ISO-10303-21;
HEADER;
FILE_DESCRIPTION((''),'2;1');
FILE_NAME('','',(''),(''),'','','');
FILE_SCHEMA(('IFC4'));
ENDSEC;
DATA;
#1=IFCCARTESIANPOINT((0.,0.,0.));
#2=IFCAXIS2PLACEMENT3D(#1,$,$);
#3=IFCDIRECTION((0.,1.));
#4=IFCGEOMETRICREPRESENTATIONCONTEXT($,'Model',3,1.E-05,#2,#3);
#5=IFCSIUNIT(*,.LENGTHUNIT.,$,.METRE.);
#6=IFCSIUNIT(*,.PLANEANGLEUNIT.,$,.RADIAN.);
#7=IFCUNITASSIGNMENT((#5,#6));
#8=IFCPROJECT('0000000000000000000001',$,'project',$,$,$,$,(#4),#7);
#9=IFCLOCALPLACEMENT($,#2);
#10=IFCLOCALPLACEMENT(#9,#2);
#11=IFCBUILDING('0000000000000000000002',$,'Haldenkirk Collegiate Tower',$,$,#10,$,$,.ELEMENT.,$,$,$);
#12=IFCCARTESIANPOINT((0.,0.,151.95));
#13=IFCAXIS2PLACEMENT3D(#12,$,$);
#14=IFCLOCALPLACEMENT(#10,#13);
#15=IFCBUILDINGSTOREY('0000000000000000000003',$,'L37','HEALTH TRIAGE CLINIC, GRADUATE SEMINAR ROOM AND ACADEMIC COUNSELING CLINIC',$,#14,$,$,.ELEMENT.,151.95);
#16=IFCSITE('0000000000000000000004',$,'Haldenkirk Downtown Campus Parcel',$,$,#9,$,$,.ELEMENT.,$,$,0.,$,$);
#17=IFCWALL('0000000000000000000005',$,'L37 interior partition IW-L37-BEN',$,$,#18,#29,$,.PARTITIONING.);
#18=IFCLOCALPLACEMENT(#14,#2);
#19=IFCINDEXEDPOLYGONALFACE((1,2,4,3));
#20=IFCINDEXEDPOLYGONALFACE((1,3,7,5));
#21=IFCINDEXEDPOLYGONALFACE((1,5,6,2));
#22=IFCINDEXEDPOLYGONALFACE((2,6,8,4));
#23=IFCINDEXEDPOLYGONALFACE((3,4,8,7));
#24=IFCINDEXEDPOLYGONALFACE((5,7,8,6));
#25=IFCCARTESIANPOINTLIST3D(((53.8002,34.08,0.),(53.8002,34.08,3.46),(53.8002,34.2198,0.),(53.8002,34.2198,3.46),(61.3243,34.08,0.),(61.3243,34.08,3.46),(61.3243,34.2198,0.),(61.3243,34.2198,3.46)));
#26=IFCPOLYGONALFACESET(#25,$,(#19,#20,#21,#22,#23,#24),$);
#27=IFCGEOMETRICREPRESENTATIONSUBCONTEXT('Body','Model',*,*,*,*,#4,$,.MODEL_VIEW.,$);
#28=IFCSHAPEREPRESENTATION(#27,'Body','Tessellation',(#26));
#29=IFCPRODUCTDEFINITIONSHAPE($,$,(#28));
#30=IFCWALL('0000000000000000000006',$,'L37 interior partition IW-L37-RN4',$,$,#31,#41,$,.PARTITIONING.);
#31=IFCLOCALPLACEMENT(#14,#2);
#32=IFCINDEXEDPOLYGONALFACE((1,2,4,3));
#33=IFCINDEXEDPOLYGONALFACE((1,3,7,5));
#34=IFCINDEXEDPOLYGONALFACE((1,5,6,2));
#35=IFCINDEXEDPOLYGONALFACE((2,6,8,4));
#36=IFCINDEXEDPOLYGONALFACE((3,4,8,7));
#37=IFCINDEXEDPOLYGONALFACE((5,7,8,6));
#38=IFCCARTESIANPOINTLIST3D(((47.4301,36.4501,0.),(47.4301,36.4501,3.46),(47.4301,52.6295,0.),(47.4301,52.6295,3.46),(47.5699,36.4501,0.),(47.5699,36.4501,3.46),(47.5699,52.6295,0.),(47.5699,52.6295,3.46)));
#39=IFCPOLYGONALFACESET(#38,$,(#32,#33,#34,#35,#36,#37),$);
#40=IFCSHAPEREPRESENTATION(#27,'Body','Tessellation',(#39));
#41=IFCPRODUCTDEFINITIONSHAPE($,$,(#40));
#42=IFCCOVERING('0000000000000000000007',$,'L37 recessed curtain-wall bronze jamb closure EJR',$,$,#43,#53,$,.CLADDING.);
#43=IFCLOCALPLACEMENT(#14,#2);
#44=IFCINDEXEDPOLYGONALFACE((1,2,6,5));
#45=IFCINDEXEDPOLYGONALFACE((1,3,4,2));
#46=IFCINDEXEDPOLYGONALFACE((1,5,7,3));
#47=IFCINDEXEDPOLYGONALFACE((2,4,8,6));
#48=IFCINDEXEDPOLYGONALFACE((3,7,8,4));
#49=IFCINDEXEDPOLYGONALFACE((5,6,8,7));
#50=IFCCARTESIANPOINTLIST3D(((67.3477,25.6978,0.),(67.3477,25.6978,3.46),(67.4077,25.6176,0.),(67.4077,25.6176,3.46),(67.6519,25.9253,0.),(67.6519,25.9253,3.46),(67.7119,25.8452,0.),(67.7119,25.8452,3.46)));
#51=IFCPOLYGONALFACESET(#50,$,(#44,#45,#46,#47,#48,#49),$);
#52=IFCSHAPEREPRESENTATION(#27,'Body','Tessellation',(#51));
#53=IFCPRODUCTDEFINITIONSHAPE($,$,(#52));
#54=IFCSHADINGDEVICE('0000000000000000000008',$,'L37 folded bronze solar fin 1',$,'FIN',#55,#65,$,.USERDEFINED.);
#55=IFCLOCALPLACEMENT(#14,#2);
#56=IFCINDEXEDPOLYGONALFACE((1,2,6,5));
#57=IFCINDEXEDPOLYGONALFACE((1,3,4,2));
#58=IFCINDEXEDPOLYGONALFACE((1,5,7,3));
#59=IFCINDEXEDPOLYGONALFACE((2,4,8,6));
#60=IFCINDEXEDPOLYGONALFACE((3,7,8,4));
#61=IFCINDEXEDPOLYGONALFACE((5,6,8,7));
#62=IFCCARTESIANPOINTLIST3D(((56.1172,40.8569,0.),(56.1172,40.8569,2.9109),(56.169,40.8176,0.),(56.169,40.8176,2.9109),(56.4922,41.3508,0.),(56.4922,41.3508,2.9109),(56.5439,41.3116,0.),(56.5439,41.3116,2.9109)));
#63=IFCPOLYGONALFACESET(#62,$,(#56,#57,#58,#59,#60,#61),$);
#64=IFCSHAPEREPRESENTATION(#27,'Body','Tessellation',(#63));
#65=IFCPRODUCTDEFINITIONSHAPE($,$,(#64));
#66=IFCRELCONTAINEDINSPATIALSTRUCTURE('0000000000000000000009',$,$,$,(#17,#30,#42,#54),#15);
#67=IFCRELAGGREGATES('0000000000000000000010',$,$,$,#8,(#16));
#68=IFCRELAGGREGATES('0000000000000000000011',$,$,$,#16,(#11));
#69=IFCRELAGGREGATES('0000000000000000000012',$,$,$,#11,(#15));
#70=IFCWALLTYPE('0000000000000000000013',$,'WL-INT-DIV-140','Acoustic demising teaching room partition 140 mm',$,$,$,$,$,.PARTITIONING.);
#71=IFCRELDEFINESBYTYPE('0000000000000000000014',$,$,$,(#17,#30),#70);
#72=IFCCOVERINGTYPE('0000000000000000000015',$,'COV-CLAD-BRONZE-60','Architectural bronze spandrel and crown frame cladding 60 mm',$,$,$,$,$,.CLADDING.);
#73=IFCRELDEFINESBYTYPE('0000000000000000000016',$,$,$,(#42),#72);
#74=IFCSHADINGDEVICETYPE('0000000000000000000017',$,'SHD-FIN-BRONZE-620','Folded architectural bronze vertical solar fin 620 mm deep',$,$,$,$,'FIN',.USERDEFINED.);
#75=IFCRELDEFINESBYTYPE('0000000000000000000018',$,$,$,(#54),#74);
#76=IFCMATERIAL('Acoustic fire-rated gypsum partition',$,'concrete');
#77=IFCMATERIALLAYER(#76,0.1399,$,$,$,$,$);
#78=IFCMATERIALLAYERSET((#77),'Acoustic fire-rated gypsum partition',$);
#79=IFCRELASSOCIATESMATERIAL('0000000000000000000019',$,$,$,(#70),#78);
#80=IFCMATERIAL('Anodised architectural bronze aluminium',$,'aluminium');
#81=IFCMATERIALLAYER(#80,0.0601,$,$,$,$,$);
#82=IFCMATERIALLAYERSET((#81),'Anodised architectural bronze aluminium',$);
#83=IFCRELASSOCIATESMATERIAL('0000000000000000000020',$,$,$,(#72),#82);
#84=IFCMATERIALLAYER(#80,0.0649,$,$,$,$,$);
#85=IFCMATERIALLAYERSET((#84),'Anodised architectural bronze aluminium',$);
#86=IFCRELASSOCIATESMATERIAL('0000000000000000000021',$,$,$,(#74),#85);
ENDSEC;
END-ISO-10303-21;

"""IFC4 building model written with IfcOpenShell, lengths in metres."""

from ifc_helpers import new_model, si_unit, direction, frame, frame_2d, origin, origin_2d, place, context, subcontext, project, spatial, rectangle, extrude, source, transform, mapped, material, layer, layer_set, type_object, element, save


model = new_model("IFC4")

# Units and contexts
model_context = context("Model", 3, precision=1e-05, world=origin(), true_north=direction((0.0, 1.0)))
body_context = subcontext(model_context, "Body", "Model", "MODEL_VIEW")
ifc_project = project(units=[si_unit("LENGTHUNIT", "METRE"), si_unit("PLANEANGLEUNIT", "RADIAN")], contexts=[model_context])

# Site, building, storey
site_placement = place(None, origin())
site = spatial("IfcSite", under=ifc_project, at=site_placement, Name="Haldenkirk Downtown Campus Parcel", CompositionType="ELEMENT", RefElevation=0.0)
building_placement = place(site_placement, origin())
building = spatial("IfcBuilding", under=site, at=building_placement, Name="Haldenkirk Collegiate Tower", CompositionType="ELEMENT")
storey_placement = place(building_placement, frame((0.0, 0.0, 151.95)))
storey = spatial("IfcBuildingStorey", under=building, at=storey_placement, Name="L37", Description="HEALTH TRIAGE CLINIC, GRADUATE SEMINAR ROOM AND ACADEMIC COUNSELING CLINIC", CompositionType="ELEMENT", Elevation=151.95)

# Shared definitions
ifc_material_1 = material(Name="Anodised architectural bronze aluminium", Category="aluminium")

# Walls
ifc_material_2 = material(Name="Acoustic fire-rated gypsum partition", Category="concrete")
ifc_layer_1 = layer(ifc_material_2, 0.1399)
ifc_layer_set_1 = layer_set([ifc_layer_1], Name="Acoustic fire-rated gypsum partition")
wall_type_1 = type_object("IfcWallType", Name="WL-INT-DIV-140", Description="Acoustic demising teaching room partition 140 mm", PredefinedType="PARTITIONING", material=ifc_layer_set_1)
wall_1_placement = place(storey_placement, frame((53.8, 34.1499, 0.0), z_axis=(0.0, 0.0, 1.0), x_axis=(1.0, 0.0, 0.0)))
element("IfcWall", 1, at=wall_1_placement, inside=storey, type_object=wall_type_1, Name="L37 interior partition IW-L37-BEN", PredefinedType="PARTITIONING", context=body_context, shape_type="SweptSolid", body=[
    extrude(rectangle(XDim=7.5242, YDim=0.1399, at=frame_2d((3.7622, 0.0))), origin(), (0.0, 0.0, 1.0), 3.46),
])
wall_2_placement = place(storey_placement, frame((47.5, 36.45, 0.0), z_axis=(0.0, 0.0, 1.0), x_axis=(0.0, 1.0, 0.0)))
element("IfcWall", 2, at=wall_2_placement, inside=storey, type_object=wall_type_1, Name="L37 interior partition IW-L37-RN4", PredefinedType="PARTITIONING", context=body_context, shape_type="SweptSolid", body=[
    extrude(rectangle(XDim=16.1794, YDim=0.1399, at=frame_2d((8.0898, 0.0))), origin(), (0.0, 0.0, 1.0), 3.46),
])

# Covering
ifc_layer_2 = layer(ifc_material_1, 0.0601)
ifc_layer_set_2 = layer_set([ifc_layer_2], Name="Anodised architectural bronze aluminium")
covering_type = type_object("IfcCoveringType", Name="COV-CLAD-BRONZE-60", Description="Architectural bronze spandrel and crown frame cladding 60 mm", PredefinedType="CLADDING", material=ifc_layer_set_2)
shared_shape_1 = source(origin(), body_context, "Body", "SweptSolid", [
    extrude(rectangle(XDim=0.1001, YDim=0.3799, at=origin_2d()), origin(), (0.0, 0.0, 1.0), 3.46),
])
covering_placement = place(storey_placement, frame((67.5298, 25.7715, 0.0), z_axis=(0.0, 0.0, 1.0), x_axis=(0.599024, -0.800731, 0.0)))
element("IfcCovering", 3, at=covering_placement, inside=storey, type_object=covering_type, Name="L37 recessed curtain-wall bronze jamb closure EJR", PredefinedType="CLADDING", context=body_context, shape_type="MappedRepresentation", body=[
    mapped(shared_shape_1, transform((0.0, 0.0, 0.0), x_axis=(1.0, 0.0, 0.0), y_axis=(0.0, 1.0, 0.0), z_axis=(0.0, 0.0, 1.0), scale=1.0)),
])

# Shading device
ifc_layer_3 = layer(ifc_material_1, 0.0649)
ifc_layer_set_3 = layer_set([ifc_layer_3], Name="Anodised architectural bronze aluminium")
shading_device_type = type_object("IfcShadingDeviceType", Name="SHD-FIN-BRONZE-620", Description="Folded architectural bronze vertical solar fin 620 mm deep", ElementType="FIN", PredefinedType="USERDEFINED", material=ifc_layer_set_3)
shared_shape_2 = source(origin(), body_context, "Body", "SweptSolid", [
    extrude(rectangle(XDim=0.6201, YDim=0.0649, at=origin_2d()), origin(), (0.0, 0.0, 1.0), 2.9109),
])
shading_device_placement = place(storey_placement, frame((56.3306, 41.0842, 0.0), z_axis=(0.0, 0.0, 1.0), x_axis=(0.604599, 0.79653, 0.0)))
element("IfcShadingDevice", 4, at=shading_device_placement, inside=storey, type_object=shading_device_type, Name="L37 folded bronze solar fin 1", ObjectType="FIN", PredefinedType="USERDEFINED", context=body_context, shape_type="MappedRepresentation", body=[
    mapped(shared_shape_2, transform((0.0, 0.0, 0.0), x_axis=(1.0, 0.0, 0.0), y_axis=(0.0, 1.0, 0.0), z_axis=(0.0, 0.0, 1.0), scale=1.0)),
])

save(model, "model.ifc")
